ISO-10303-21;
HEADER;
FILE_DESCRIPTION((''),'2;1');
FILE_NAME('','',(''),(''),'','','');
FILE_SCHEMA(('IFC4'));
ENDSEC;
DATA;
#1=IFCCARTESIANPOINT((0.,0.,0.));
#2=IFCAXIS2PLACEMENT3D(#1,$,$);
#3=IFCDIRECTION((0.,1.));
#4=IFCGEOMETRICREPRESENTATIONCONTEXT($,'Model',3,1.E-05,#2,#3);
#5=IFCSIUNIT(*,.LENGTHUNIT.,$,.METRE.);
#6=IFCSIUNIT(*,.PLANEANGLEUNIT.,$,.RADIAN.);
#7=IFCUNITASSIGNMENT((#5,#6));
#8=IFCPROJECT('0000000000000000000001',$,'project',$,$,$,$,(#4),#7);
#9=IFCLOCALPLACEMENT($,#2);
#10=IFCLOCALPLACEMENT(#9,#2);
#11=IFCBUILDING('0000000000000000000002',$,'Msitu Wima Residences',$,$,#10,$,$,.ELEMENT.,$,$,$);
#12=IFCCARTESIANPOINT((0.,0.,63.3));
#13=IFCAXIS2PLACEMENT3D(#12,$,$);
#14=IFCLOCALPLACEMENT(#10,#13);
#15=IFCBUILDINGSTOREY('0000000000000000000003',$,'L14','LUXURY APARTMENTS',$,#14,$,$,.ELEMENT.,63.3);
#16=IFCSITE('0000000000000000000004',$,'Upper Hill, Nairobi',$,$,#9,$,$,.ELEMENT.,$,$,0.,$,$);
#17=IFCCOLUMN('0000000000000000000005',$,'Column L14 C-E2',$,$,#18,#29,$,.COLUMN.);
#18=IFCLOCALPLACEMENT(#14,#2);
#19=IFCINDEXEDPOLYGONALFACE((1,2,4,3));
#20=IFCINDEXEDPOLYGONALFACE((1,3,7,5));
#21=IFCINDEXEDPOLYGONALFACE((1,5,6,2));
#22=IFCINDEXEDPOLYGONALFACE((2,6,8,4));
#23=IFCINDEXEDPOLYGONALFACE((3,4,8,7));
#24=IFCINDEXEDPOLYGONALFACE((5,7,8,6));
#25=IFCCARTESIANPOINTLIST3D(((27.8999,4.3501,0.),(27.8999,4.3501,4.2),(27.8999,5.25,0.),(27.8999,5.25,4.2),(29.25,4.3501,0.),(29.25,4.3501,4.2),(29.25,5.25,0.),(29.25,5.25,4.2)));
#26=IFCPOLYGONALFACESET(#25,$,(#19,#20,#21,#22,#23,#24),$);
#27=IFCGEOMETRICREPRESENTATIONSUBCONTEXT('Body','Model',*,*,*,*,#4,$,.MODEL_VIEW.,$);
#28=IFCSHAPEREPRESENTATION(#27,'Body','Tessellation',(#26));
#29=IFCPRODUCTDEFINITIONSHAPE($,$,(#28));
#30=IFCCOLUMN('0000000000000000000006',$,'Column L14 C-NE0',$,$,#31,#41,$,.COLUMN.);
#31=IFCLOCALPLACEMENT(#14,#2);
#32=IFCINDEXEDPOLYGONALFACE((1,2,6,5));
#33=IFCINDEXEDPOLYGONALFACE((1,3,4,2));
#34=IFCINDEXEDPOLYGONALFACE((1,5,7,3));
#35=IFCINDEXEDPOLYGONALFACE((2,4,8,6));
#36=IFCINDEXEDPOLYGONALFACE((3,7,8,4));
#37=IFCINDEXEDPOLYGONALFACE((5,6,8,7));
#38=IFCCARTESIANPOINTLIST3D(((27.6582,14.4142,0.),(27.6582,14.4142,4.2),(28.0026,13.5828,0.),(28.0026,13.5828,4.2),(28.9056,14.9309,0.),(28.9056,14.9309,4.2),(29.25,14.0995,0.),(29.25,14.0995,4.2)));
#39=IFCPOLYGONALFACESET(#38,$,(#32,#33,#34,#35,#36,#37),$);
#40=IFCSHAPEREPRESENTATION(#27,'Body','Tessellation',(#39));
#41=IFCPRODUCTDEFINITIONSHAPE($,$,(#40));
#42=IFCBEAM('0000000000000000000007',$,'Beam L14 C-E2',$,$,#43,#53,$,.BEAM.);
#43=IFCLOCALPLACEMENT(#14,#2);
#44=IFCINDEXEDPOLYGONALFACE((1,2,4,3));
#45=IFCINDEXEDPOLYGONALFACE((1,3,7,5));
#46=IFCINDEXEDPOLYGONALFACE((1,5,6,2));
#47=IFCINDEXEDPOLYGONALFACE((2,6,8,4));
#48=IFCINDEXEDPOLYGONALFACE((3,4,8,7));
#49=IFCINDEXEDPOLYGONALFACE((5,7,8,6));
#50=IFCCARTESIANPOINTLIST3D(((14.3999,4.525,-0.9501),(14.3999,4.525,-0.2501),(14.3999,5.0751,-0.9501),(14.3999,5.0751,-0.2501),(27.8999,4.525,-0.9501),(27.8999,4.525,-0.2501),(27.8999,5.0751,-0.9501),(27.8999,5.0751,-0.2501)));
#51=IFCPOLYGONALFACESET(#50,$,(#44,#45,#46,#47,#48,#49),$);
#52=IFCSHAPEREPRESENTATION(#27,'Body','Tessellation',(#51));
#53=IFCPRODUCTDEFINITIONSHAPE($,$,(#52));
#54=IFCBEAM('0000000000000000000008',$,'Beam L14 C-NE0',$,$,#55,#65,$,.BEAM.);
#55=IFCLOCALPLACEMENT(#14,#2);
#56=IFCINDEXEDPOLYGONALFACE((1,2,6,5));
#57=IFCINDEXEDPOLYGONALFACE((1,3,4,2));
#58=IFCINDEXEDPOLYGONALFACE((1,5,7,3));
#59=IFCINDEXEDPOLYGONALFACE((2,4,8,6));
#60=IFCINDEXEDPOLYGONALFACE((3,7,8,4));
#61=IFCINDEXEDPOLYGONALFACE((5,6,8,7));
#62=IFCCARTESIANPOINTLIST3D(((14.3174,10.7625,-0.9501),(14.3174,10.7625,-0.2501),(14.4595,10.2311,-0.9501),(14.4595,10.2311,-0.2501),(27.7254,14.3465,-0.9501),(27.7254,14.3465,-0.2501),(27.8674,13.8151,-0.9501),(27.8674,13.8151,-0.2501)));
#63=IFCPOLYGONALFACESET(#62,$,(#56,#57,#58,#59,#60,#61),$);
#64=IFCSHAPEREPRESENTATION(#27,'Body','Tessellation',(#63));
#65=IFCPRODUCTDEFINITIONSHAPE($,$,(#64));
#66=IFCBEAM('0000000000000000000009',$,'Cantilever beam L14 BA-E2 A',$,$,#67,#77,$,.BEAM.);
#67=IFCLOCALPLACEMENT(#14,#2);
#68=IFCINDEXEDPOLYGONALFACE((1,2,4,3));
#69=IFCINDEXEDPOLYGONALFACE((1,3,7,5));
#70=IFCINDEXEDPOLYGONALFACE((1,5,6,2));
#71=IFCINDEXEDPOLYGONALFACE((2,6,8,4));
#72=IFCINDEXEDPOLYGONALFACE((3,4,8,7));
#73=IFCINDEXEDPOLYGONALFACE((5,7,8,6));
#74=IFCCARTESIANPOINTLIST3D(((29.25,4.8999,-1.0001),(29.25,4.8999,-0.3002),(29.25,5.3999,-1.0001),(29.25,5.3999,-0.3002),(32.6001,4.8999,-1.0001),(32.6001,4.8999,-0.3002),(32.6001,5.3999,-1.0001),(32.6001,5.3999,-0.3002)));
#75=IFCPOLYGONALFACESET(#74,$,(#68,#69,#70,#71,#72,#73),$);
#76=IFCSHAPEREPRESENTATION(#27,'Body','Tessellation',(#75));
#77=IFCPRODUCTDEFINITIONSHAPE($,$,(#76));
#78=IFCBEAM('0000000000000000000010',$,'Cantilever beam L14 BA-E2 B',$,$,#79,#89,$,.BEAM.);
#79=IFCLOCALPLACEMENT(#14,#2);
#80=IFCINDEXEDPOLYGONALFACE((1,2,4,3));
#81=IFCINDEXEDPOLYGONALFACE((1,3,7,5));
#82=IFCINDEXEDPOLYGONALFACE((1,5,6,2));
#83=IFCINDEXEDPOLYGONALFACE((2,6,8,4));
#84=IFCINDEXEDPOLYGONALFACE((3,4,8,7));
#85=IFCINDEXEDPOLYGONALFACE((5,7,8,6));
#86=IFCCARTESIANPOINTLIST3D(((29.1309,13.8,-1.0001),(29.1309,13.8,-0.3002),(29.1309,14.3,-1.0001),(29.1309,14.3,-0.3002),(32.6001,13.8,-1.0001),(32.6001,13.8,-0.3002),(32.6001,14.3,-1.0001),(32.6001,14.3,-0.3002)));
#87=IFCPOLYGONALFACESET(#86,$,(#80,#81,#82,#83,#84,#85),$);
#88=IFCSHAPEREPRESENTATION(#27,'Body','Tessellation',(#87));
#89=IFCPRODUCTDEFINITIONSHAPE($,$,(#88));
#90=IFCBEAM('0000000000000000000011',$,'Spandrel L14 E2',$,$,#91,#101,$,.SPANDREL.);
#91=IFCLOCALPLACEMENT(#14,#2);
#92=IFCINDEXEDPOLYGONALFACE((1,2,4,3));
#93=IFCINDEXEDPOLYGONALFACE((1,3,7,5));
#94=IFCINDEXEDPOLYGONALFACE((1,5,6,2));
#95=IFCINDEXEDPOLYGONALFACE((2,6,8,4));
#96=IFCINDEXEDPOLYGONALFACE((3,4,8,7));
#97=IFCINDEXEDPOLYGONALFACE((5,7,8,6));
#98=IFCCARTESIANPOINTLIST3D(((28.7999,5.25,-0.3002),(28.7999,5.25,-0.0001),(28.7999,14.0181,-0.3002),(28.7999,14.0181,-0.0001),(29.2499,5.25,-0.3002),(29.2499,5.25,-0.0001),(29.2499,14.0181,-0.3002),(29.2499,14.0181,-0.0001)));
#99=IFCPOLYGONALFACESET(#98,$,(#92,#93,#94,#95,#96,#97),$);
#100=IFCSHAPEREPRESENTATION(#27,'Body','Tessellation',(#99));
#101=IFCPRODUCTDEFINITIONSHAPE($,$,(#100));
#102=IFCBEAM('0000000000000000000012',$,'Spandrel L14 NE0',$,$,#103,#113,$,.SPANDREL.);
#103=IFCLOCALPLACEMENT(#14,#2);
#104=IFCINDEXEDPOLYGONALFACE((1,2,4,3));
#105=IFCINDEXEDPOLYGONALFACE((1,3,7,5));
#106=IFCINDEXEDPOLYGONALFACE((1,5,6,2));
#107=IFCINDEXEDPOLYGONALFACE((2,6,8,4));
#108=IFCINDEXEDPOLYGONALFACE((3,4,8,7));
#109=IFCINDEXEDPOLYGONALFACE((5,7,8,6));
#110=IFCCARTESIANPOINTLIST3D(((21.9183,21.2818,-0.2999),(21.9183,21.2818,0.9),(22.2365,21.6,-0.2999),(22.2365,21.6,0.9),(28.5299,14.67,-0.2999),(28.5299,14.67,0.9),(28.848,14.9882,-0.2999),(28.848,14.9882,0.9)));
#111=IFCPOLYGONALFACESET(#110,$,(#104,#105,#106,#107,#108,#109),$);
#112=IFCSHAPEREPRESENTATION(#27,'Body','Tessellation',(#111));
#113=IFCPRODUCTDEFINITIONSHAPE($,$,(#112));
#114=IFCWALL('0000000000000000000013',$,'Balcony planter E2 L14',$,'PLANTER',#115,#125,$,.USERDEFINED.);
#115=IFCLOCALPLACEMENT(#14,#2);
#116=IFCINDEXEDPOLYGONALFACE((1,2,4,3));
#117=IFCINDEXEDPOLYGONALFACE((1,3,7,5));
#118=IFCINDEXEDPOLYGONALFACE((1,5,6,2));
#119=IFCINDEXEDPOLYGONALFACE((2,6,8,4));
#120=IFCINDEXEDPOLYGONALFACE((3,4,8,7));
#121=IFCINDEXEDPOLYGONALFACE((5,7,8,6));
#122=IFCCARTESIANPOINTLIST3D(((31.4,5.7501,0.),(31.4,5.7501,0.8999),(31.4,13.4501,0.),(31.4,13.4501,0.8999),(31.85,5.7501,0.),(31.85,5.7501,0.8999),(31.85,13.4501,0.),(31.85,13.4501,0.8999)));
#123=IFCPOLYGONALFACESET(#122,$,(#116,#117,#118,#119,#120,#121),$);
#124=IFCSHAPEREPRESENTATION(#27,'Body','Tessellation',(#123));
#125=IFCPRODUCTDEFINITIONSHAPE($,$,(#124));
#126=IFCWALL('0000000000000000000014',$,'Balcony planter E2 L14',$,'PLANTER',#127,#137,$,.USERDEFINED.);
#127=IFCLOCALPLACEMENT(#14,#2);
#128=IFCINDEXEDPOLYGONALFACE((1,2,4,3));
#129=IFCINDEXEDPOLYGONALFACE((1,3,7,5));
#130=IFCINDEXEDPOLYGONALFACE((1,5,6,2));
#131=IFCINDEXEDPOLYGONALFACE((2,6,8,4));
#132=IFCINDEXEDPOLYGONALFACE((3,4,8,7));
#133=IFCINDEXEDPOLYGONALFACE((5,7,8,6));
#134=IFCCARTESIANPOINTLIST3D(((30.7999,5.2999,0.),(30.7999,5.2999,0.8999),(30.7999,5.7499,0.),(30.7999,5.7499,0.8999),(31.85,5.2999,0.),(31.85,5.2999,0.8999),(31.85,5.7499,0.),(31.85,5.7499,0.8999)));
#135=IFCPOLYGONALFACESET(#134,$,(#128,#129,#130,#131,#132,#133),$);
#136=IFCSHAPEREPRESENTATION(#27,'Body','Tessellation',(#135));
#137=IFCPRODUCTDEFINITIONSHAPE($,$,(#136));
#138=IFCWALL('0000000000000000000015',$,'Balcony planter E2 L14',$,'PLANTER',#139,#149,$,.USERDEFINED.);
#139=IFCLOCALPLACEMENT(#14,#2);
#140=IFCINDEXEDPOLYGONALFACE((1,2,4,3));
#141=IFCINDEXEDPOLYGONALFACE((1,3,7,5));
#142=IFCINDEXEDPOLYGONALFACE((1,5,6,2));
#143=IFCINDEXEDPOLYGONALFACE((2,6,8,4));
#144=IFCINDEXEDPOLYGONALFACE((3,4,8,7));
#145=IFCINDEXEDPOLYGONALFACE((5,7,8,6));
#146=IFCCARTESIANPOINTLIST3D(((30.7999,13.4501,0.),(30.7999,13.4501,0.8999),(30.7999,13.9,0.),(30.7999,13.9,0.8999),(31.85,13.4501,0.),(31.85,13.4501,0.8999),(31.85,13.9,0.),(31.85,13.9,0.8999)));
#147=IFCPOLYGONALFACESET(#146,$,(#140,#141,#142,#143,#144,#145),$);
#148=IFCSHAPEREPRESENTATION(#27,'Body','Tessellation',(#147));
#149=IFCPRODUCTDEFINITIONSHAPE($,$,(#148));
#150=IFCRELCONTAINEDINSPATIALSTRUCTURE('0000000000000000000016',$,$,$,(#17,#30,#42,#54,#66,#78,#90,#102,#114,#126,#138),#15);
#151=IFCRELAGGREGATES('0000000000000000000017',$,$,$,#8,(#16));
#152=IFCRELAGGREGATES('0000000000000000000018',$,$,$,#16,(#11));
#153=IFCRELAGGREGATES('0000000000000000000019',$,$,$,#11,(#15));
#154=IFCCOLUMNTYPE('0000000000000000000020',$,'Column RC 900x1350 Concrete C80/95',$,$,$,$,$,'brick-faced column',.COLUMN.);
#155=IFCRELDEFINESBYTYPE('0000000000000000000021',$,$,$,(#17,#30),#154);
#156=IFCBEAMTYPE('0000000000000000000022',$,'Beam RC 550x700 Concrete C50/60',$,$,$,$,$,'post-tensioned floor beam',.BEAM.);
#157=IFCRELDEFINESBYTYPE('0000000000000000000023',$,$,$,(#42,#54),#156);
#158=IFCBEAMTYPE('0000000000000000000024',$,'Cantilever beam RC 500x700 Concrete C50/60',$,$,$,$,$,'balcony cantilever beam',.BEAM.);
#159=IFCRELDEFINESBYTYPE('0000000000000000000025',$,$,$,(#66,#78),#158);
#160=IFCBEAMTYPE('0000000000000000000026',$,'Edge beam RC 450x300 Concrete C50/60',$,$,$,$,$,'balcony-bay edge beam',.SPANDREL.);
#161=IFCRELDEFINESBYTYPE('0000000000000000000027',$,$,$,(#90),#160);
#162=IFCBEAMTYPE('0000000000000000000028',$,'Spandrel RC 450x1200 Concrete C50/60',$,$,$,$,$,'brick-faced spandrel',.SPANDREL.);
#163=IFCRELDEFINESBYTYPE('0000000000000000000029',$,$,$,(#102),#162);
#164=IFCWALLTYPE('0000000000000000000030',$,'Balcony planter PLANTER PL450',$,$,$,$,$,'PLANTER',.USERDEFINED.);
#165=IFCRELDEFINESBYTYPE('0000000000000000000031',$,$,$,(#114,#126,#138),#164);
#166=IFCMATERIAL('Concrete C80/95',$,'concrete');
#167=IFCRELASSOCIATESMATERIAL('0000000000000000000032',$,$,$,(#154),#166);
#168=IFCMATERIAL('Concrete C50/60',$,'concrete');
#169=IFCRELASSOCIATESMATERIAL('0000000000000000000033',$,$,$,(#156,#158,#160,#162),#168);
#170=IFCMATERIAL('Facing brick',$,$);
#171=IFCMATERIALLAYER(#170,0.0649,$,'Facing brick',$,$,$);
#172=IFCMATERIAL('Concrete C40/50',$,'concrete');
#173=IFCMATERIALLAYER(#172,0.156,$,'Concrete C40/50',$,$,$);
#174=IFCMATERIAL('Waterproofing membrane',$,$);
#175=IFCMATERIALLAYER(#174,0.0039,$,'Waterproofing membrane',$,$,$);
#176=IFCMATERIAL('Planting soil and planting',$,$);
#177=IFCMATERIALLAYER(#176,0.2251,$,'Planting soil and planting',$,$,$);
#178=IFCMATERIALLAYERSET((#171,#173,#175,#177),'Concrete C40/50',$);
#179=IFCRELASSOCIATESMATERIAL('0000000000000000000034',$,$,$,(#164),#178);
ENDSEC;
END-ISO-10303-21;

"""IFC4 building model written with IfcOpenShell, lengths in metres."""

from ifc_helpers import new_model, si_unit, direction, frame, frame_2d, origin, origin_2d, place, context, subcontext, project, spatial, rectangle, extrude, material, layer, layer_set, material_profile, profile_set, type_object, element, save


model = new_model("IFC4")

# Units and contexts
model_context = context("Model", 3, precision=1e-05, world=origin(), true_north=direction((0.0, 1.0)))
body_context = subcontext(model_context, "Body", "Model", "MODEL_VIEW")
ifc_project = project(units=[si_unit("LENGTHUNIT", "METRE"), si_unit("PLANEANGLEUNIT", "RADIAN")], contexts=[model_context])

# Site, building, storey
site_placement = place(None, origin())
site = spatial("IfcSite", under=ifc_project, at=site_placement, Name="Upper Hill, Nairobi", CompositionType="ELEMENT", RefElevation=0.0)
building_placement = place(site_placement, origin())
building = spatial("IfcBuilding", under=site, at=building_placement, Name="Msitu Wima Residences", CompositionType="ELEMENT")
storey_placement = place(building_placement, frame((0.0, 0.0, 63.3)))
storey = spatial("IfcBuildingStorey", under=building, at=storey_placement, Name="L14", Description="LUXURY APARTMENTS", CompositionType="ELEMENT", Elevation=63.3)

# Columns
ifc_material_1 = material(Name="Concrete C80/95", Category="concrete")
ifc_material_profile_1 = material_profile(ifc_material_1, rectangle(XDim=0.8999, YDim=1.3501, at=origin_2d()), Name="RC 900x1350")
ifc_profile_set_1 = profile_set([ifc_material_profile_1], Name="Concrete C80/95")
column_type = type_object("IfcColumnType", Name="Column RC 900x1350 Concrete C80/95", ElementType="brick-faced column", PredefinedType="COLUMN", material=ifc_profile_set_1)
for number, where, z_axis, x_axis, name in (
    (1, (28.575, 4.8, 0.0), (0.0, 0.0, 1.0), (0.0, 1.0, 0.0), "Column L14 C-E2"),
    (2, (28.4541, 14.2568, 0.0), (0.0, 0.0, 1.0), (-0.382683, 0.92388, 0.0), "Column L14 C-NE0"),
):
    element("IfcColumn", number, at=place(storey_placement, frame(where, z_axis=z_axis, x_axis=x_axis)), inside=storey, type_object=column_type, Name=name, PredefinedType="COLUMN", context=body_context, shape_type="SweptSolid", body=[
        extrude(rectangle(XDim=0.8999, YDim=1.3501, at=origin_2d()), origin(), (0.0, 0.0, 1.0), 4.2),
    ])

# Beams
ifc_material_2 = material(Name="Concrete C50/60", Category="concrete")
ifc_material_profile_2 = material_profile(ifc_material_2, rectangle(XDim=0.55, YDim=0.7, at=origin_2d()), Name="RC 550x700")
ifc_profile_set_2 = profile_set([ifc_material_profile_2], Name="Concrete C50/60")
beam_type_1 = type_object("IfcBeamType", Name="Beam RC 550x700 Concrete C50/60", ElementType="post-tensioned floor beam", PredefinedType="BEAM", material=ifc_profile_set_2)
beam_1_placement = place(storey_placement, frame((27.8999, 4.8, -0.6001), z_axis=(-1.0, 0.0, 0.0), x_axis=(0.0, -1.0, 0.0)))
element("IfcBeam", 3, at=beam_1_placement, inside=storey, type_object=beam_type_1, Name="Beam L14 C-E2", PredefinedType="BEAM", context=body_context, shape_type="SweptSolid", body=[
    extrude(rectangle(XDim=0.55, YDim=0.7, at=origin_2d()), origin(), (0.0, 0.0, 1.0), 13.5),
])
beam_2_placement = place(storey_placement, frame((27.7964, 14.0808, -0.6001), z_axis=(-0.966082, -0.258236, 0.0), x_axis=(0.258236, -0.966082, 0.0)))
element("IfcBeam", 4, at=beam_2_placement, inside=storey, type_object=beam_type_1, Name="Beam L14 C-NE0", PredefinedType="BEAM", context=body_context, shape_type="SweptSolid", body=[
    extrude(rectangle(XDim=0.55, YDim=0.7, at=origin_2d()), origin(), (0.0, 0.0, 1.0), 13.8787),
])
ifc_material_profile_3 = material_profile(ifc_material_2, rectangle(XDim=0.5, YDim=0.7, at=origin_2d()), Name="RC 500x700")
ifc_profile_set_3 = profile_set([ifc_material_profile_3], Name="Concrete C50/60")
beam_type_2 = type_object("IfcBeamType", Name="Cantilever beam RC 500x700 Concrete C50/60", ElementType="balcony cantilever beam", PredefinedType="BEAM", material=ifc_profile_set_3)
beam_3_placement = place(storey_placement, frame((29.25, 5.1499, -0.6501), z_axis=(1.0, 0.0, 0.0), x_axis=(0.0, 1.0, 0.0)))
element("IfcBeam", 5, at=beam_3_placement, inside=storey, type_object=beam_type_2, Name="Cantilever beam L14 BA-E2 A", PredefinedType="BEAM", context=body_context, shape_type="SweptSolid", body=[
    extrude(rectangle(XDim=0.5, YDim=0.7, at=origin_2d()), origin(), (0.0, 0.0, 1.0), 3.3501),
])
beam_4_placement = place(storey_placement, frame((29.1309, 14.05, -0.6501), z_axis=(1.0, 0.0, 0.0), x_axis=(0.0, 1.0, 0.0)))
element("IfcBeam", 6, at=beam_4_placement, inside=storey, type_object=beam_type_2, Name="Cantilever beam L14 BA-E2 B", PredefinedType="BEAM", context=body_context, shape_type="SweptSolid", body=[
    extrude(rectangle(XDim=0.5, YDim=0.7, at=origin_2d()), origin(), (0.0, 0.0, 1.0), 3.4692),
])
ifc_material_profile_4 = material_profile(ifc_material_2, rectangle(XDim=0.45, YDim=0.3, at=origin_2d()), Name="RC 450x300")
ifc_profile_set_4 = profile_set([ifc_material_profile_4], Name="Concrete C50/60")
beam_type_3 = type_object("IfcBeamType", Name="Edge beam RC 450x300 Concrete C50/60", ElementType="balcony-bay edge beam", PredefinedType="SPANDREL", material=ifc_profile_set_4)
beam_5_placement = place(storey_placement, frame((29.0249, 5.25, -0.1501), z_axis=(0.0, 1.0, 0.0), x_axis=(-1.0, 0.0, 0.0)))
element("IfcBeam", 7, at=beam_5_placement, inside=storey, type_object=beam_type_3, Name="Spandrel L14 E2", PredefinedType="SPANDREL", context=body_context, shape_type="SweptSolid", body=[
    extrude(rectangle(XDim=0.45, YDim=0.3, at=origin_2d()), origin(), (0.0, 0.0, 1.0), 8.7681),
])
ifc_material_profile_5 = material_profile(ifc_material_2, rectangle(XDim=0.45, YDim=1.2, at=origin_2d()), Name="RC 450x1200")
ifc_profile_set_5 = profile_set([ifc_material_profile_5], Name="Concrete C50/60")
beam_type_4 = type_object("IfcBeamType", Name="Spandrel RC 450x1200 Concrete C50/60", ElementType="brick-faced spandrel", PredefinedType="SPANDREL", material=ifc_profile_set_5)
beam_6_placement = place(storey_placement, frame((28.689, 14.8291, 0.3), z_axis=(-0.707094, 0.70712, 0.0), x_axis=(-0.70712, -0.707094, 0.0)))
element("IfcBeam", 8, at=beam_6_placement, inside=storey, type_object=beam_type_4, Name="Spandrel L14 NE0", PredefinedType="SPANDREL", context=body_context, shape_type="SweptSolid", body=[
    extrude(rectangle(XDim=0.45, YDim=1.2, at=origin_2d()), origin(), (0.0, 0.0, 1.0), 9.3503),
])

# Walls
ifc_material_3 = material(Name="Facing brick")
ifc_layer_1 = layer(ifc_material_3, 0.0649, Name="Facing brick")
ifc_material_4 = material(Name="Concrete C40/50", Category="concrete")
ifc_layer_2 = layer(ifc_material_4, 0.156, Name="Concrete C40/50")
ifc_material_5 = material(Name="Waterproofing membrane")
ifc_layer_3 = layer(ifc_material_5, 0.0039, Name="Waterproofing membrane")
ifc_material_6 = material(Name="Planting soil and planting")
ifc_layer_4 = layer(ifc_material_6, 0.2251, Name="Planting soil and planting")
ifc_layer_set_1 = layer_set([ifc_layer_1, ifc_layer_2, ifc_layer_3, ifc_layer_4], Name="Concrete C40/50")
wall_type_1 = type_object("IfcWallType", Name="Balcony planter PLANTER PL450", ElementType="PLANTER", PredefinedType="USERDEFINED", material=ifc_layer_set_1)
wall_1_placement = place(storey_placement, frame((31.625, 5.75, 0.0), z_axis=(0.0, 0.0, 1.0), x_axis=(0.0, 1.0, 0.0)))
element("IfcWall", 9, at=wall_1_placement, inside=storey, type_object=wall_type_1, Name="Balcony planter E2 L14", ObjectType="PLANTER", PredefinedType="USERDEFINED", context=body_context, shape_type="SweptSolid", body=[
    extrude(rectangle(XDim=7.7, YDim=0.45, at=frame_2d((3.8501, 0.0))), origin(), (0.0, 0.0, 1.0), 0.8999),
])
for number, where, z_axis, x_axis, name in (
    (10, (30.8, 5.5249, 0.0), (0.0, 0.0, 1.0), (1.0, 0.0, 0.0), "Balcony planter E2 L14"),
    (11, (30.8, 13.675, 0.0), (0.0, 0.0, 1.0), (1.0, 0.0, 0.0), "Balcony planter E2 L14"),
):
    element("IfcWall", number, at=place(storey_placement, frame(where, z_axis=z_axis, x_axis=x_axis)), inside=storey, type_object=wall_type_1, Name=name, ObjectType="PLANTER", PredefinedType="USERDEFINED", context=body_context, shape_type="SweptSolid", body=[
        extrude(rectangle(XDim=1.05, YDim=0.45, at=frame_2d((0.5249, 0.0))), origin(), (0.0, 0.0, 1.0), 0.8999),
    ])

save(model, "model.ifc")
